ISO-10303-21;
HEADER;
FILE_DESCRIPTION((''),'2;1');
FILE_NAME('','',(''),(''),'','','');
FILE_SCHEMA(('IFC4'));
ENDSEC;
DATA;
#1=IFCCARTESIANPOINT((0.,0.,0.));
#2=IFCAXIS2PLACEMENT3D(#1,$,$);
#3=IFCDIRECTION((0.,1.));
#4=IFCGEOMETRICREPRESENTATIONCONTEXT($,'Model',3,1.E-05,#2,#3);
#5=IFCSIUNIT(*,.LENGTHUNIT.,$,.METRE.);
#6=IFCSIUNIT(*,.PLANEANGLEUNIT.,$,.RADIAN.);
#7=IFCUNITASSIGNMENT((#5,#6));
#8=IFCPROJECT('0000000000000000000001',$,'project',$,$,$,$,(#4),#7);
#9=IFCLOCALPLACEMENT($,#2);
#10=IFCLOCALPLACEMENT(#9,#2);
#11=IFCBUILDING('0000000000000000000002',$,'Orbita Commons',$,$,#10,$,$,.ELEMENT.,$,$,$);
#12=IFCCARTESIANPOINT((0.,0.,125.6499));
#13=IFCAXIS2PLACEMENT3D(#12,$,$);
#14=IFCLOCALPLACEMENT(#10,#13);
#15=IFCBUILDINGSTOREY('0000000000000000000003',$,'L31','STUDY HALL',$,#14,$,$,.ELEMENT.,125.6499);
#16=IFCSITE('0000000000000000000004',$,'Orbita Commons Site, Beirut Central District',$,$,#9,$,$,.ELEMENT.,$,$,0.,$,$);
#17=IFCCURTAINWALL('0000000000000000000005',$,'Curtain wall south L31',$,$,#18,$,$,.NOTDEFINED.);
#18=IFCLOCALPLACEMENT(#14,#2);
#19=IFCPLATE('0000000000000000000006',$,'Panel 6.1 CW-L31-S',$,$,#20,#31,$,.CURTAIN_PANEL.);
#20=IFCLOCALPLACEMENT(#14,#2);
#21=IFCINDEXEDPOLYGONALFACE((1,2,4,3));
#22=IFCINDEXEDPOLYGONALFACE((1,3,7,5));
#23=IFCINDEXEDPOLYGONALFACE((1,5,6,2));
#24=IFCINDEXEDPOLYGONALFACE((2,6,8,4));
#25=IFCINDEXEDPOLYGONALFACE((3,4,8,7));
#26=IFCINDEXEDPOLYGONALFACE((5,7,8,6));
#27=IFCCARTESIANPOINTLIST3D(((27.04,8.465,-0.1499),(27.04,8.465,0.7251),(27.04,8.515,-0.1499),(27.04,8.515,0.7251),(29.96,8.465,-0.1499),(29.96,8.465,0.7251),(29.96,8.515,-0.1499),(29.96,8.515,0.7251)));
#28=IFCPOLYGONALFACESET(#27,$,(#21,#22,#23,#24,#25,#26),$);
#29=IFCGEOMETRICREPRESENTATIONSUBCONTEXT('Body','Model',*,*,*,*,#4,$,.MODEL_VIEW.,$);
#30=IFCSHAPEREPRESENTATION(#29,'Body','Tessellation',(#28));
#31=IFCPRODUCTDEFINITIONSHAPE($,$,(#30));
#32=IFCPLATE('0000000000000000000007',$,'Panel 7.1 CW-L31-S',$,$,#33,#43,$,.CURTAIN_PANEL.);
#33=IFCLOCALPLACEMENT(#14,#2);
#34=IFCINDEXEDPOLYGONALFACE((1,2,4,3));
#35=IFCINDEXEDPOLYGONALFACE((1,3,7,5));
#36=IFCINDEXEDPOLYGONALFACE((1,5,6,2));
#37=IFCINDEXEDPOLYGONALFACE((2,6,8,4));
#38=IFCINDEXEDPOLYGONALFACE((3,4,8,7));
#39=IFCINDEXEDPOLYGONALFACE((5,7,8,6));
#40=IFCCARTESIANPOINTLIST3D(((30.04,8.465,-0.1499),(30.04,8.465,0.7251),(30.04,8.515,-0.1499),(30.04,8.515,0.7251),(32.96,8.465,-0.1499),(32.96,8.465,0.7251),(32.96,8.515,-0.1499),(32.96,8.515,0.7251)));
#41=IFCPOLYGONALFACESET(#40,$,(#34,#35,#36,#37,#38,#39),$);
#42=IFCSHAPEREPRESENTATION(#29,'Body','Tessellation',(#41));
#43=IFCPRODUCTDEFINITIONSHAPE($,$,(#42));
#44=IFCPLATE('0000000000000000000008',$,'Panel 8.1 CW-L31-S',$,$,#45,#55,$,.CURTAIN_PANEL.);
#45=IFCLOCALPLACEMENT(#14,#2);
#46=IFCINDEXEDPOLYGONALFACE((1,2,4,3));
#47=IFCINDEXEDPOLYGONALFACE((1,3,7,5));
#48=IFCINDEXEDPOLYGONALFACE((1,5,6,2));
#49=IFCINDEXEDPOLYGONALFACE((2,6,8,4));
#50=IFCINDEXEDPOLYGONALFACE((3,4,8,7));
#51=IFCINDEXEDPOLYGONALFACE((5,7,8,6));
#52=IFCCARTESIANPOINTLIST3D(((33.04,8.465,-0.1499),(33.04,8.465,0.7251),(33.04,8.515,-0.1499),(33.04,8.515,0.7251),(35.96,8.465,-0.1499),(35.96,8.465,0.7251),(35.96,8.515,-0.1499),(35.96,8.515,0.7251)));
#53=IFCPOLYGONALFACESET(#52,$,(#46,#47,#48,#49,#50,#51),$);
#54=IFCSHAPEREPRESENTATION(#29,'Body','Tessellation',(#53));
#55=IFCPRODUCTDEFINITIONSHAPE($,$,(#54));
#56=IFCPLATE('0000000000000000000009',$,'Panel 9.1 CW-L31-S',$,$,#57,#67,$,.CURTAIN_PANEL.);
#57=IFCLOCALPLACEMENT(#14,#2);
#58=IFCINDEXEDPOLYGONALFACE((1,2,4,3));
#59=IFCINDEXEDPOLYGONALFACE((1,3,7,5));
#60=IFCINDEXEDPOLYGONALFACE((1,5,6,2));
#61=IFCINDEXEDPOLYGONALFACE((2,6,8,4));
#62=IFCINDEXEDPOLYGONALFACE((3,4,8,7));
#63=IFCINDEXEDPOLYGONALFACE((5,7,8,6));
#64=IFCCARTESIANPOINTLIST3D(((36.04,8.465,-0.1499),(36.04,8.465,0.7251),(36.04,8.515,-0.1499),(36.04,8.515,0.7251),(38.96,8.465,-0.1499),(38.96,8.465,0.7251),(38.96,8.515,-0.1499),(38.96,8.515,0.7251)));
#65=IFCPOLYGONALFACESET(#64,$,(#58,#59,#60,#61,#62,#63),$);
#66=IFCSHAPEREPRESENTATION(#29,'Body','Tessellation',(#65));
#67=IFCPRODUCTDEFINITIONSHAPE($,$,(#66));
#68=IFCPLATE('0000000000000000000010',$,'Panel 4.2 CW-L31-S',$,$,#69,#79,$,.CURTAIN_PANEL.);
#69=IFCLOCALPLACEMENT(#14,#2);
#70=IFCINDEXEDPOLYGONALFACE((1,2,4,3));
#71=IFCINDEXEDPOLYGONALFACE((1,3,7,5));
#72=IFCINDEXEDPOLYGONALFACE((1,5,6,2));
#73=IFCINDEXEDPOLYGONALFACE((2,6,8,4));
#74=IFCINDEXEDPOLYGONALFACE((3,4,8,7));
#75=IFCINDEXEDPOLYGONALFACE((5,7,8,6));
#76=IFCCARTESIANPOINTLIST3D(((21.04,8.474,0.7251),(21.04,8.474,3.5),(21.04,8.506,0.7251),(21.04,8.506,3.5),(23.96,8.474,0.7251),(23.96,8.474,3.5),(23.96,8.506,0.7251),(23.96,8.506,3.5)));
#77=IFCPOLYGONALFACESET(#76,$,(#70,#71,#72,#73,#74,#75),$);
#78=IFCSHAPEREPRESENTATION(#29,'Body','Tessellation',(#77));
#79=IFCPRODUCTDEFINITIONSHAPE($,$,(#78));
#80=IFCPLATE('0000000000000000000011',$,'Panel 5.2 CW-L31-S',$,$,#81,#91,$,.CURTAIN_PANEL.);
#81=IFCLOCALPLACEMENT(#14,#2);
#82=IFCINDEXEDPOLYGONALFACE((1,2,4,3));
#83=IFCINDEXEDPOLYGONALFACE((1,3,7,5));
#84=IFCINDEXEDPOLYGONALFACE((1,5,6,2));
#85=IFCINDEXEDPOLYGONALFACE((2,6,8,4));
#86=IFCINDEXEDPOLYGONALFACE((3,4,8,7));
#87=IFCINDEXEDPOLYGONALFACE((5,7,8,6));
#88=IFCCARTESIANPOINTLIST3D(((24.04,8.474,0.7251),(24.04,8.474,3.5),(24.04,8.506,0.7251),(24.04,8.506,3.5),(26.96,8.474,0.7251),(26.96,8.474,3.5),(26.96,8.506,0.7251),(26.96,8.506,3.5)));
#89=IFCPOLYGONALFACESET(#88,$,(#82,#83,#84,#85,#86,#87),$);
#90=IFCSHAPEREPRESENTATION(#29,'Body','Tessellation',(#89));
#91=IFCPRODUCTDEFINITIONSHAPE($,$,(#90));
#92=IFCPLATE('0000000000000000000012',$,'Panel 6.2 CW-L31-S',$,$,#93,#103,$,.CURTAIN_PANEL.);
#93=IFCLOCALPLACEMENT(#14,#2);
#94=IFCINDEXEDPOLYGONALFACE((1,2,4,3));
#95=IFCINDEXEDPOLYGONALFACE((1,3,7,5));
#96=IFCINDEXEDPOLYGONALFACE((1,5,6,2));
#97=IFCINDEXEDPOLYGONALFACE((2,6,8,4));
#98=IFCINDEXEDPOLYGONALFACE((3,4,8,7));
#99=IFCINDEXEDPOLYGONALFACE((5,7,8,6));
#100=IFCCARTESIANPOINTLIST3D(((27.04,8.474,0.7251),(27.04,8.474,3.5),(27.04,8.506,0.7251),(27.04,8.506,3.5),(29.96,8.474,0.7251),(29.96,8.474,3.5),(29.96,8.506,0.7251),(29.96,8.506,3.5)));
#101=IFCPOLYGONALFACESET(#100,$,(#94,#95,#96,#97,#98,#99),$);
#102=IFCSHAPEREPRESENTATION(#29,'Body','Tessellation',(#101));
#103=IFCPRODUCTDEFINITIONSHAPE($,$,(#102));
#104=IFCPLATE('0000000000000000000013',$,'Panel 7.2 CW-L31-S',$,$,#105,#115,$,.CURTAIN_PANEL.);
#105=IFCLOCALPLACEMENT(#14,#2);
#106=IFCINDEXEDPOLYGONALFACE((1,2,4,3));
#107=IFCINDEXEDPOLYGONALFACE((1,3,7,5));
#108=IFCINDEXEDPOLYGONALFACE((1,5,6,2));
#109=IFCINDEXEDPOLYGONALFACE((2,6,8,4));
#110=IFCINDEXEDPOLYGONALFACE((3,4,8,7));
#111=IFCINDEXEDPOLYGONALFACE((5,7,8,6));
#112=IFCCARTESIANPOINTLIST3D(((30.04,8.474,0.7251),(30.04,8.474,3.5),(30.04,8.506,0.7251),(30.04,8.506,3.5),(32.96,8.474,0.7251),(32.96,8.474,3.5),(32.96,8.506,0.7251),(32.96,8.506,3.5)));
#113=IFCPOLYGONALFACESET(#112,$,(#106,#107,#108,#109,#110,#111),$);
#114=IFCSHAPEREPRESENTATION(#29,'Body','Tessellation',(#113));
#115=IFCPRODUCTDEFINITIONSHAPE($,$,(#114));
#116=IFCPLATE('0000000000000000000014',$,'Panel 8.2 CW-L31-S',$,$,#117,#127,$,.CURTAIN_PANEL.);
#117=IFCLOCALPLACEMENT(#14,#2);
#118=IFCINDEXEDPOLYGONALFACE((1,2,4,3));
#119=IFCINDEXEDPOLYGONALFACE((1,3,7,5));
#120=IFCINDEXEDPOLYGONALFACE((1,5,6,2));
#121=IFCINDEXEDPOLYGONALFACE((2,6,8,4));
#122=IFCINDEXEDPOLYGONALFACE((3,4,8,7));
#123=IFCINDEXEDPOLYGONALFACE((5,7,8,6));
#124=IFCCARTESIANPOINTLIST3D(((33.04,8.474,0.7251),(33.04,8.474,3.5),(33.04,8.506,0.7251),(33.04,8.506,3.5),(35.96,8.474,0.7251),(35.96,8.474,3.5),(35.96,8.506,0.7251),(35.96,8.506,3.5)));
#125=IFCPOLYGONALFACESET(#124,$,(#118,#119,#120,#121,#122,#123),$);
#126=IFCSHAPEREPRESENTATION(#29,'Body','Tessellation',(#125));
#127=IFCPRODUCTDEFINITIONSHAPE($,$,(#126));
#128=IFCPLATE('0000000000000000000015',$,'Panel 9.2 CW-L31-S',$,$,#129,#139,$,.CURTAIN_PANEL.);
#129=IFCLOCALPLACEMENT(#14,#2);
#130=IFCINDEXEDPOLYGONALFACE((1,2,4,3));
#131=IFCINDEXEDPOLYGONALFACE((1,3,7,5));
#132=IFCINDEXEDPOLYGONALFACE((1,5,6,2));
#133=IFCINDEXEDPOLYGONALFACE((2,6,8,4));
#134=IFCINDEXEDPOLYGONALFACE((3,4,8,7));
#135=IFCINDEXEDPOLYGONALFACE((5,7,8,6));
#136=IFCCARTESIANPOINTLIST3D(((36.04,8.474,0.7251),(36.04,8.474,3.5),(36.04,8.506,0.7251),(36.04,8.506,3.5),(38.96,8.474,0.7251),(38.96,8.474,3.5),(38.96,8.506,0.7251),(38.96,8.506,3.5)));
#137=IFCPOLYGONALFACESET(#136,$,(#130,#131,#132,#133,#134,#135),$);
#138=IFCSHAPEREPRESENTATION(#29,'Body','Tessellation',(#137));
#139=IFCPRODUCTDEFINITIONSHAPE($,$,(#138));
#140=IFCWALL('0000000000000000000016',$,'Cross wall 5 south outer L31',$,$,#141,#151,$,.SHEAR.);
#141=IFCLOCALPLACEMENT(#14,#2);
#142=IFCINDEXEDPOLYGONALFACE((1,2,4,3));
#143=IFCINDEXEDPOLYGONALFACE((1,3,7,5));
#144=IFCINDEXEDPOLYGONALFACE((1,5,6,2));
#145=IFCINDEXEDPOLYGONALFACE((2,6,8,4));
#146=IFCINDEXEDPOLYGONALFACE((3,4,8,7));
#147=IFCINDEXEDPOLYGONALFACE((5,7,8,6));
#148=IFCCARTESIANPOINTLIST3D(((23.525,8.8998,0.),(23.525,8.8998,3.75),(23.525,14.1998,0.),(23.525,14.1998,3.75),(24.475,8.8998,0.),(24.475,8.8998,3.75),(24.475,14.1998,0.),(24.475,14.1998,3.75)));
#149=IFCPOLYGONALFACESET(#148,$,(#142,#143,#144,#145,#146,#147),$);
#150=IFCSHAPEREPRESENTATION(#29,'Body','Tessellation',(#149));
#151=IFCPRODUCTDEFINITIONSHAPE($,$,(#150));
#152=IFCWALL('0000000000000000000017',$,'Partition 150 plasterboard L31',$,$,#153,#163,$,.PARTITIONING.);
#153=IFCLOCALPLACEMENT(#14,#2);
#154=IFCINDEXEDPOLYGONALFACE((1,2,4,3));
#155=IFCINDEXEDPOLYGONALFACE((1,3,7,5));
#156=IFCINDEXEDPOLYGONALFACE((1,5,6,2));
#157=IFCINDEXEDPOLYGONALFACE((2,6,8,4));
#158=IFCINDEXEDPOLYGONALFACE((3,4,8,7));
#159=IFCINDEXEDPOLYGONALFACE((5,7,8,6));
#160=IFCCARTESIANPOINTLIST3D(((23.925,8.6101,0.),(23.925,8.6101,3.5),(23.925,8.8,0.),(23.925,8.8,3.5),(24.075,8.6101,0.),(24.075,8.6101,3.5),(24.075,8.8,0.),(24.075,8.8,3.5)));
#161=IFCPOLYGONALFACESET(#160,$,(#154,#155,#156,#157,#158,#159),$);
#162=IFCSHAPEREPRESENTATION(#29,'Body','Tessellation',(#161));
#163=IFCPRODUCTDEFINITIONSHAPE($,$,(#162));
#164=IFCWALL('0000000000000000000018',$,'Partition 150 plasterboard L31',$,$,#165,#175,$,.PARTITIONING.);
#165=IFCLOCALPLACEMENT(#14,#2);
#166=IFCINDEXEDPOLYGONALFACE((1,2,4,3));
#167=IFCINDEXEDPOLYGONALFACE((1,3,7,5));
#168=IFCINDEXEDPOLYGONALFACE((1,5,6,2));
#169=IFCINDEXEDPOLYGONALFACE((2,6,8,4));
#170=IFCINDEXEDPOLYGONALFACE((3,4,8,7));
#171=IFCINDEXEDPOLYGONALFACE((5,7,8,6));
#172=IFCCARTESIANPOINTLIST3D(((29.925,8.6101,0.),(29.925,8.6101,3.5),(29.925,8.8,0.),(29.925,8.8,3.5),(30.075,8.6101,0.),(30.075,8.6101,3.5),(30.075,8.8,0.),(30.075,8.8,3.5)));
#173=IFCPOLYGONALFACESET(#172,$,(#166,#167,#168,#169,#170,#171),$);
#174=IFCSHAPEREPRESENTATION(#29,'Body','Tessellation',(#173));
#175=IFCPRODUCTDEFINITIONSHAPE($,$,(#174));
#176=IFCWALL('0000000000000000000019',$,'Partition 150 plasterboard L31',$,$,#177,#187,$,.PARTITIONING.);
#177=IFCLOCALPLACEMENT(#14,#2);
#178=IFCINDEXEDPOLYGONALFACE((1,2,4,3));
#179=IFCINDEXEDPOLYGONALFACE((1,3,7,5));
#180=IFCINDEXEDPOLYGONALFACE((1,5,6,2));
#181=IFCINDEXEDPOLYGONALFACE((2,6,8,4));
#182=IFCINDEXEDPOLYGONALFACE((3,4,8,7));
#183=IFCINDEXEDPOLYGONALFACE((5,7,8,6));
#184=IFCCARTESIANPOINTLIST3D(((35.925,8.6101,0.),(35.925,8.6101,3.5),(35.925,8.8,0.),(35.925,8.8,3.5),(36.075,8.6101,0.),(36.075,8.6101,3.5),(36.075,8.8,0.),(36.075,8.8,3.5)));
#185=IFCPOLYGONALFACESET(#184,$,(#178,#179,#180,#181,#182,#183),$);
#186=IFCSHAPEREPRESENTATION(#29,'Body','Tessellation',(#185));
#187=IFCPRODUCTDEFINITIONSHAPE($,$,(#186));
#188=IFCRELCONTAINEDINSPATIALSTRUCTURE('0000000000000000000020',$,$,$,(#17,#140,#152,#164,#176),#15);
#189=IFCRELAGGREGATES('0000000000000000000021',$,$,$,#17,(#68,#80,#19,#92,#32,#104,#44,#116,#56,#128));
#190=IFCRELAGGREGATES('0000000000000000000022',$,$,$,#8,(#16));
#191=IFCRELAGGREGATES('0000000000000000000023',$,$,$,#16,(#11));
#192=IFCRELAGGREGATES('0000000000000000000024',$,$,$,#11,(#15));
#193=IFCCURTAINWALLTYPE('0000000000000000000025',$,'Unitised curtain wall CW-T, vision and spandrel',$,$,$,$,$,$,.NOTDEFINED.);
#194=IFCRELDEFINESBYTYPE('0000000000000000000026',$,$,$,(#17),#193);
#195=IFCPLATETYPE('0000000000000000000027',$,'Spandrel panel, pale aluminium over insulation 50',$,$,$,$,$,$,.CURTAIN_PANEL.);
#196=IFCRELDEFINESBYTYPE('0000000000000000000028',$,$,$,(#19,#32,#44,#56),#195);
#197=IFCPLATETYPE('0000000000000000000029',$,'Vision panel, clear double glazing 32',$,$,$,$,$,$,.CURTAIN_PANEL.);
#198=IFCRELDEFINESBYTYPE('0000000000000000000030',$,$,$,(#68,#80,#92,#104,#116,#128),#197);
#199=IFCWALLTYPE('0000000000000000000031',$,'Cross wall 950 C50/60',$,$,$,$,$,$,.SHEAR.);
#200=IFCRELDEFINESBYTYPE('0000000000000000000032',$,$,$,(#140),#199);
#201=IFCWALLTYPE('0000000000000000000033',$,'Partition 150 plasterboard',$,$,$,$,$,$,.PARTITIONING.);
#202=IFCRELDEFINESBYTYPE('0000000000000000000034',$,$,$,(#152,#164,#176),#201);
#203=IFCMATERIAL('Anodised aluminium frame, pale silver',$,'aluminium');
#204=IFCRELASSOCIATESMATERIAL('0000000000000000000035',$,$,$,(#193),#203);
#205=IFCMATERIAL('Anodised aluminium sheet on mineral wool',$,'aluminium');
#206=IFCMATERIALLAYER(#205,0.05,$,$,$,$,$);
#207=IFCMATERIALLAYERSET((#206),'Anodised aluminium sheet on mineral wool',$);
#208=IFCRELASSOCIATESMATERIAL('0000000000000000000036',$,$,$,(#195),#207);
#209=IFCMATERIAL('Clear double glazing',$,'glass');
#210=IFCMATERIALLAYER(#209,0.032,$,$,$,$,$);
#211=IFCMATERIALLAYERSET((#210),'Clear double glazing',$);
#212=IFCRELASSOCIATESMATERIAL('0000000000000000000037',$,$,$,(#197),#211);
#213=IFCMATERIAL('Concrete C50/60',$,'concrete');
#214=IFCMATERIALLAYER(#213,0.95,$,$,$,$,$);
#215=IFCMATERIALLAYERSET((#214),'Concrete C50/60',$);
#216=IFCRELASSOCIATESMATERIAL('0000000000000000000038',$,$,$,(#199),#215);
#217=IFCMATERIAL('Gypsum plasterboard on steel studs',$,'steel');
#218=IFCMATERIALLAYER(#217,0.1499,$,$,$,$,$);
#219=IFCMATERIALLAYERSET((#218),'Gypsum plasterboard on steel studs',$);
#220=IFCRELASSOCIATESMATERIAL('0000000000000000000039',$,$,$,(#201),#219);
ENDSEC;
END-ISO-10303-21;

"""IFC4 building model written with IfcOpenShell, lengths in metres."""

from ifc_helpers import new_model, si_unit, direction, frame, frame_2d, origin, origin_2d, place, context, subcontext, project, spatial, rectangle, extrude, material, layer, layer_set, type_object, element, aggregate, save


model = new_model("IFC4")

# Units and contexts
model_context = context("Model", 3, precision=1e-05, world=origin(), true_north=direction((0.0, 1.0)))
body_context = subcontext(model_context, "Body", "Model", "MODEL_VIEW")
ifc_project = project(units=[si_unit("LENGTHUNIT", "METRE"), si_unit("PLANEANGLEUNIT", "RADIAN")], contexts=[model_context])

# Site, building, storey
site_placement = place(None, origin())
site = spatial("IfcSite", under=ifc_project, at=site_placement, Name="Orbita Commons Site, Beirut Central District", CompositionType="ELEMENT", RefElevation=0.0)
building_placement = place(site_placement, origin())
building = spatial("IfcBuilding", under=site, at=building_placement, Name="Orbita Commons", CompositionType="ELEMENT")
storey_placement = place(building_placement, frame((0.0, 0.0, 125.6499)))
storey = spatial("IfcBuildingStorey", under=building, at=storey_placement, Name="L31", Description="STUDY HALL", CompositionType="ELEMENT", Elevation=125.6499)

# Curtain wall, plates
ifc_material_1 = material(Name="Anodised aluminium frame, pale silver", Category="aluminium")
curtain_wall_type = type_object("IfcCurtainWallType", Name="Unitised curtain wall CW-T, vision and spandrel", PredefinedType="NOTDEFINED", material=ifc_material_1)
curtain_wall_placement = place(storey_placement, origin())
curtain_wall = element("IfcCurtainWall", 1, at=curtain_wall_placement, inside=storey, type_object=curtain_wall_type, Name="Curtain wall south L31", PredefinedType="NOTDEFINED")
ifc_material_2 = material(Name="Anodised aluminium sheet on mineral wool", Category="aluminium")
ifc_layer_1 = layer(ifc_material_2, 0.05)
ifc_layer_set_1 = layer_set([ifc_layer_1], Name="Anodised aluminium sheet on mineral wool")
plate_type_1 = type_object("IfcPlateType", Name="Spandrel panel, pale aluminium over insulation 50", PredefinedType="CURTAIN_PANEL", material=ifc_layer_set_1)
plate_1_placement = place(storey_placement, frame((28.5, 8.49, -0.1499), z_axis=(0.0, 0.0, 1.0), x_axis=(1.0, 0.0, 0.0)))
plate_1 = element("IfcPlate", 2, at=plate_1_placement, type_object=plate_type_1, Name="Panel 6.1 CW-L31-S", PredefinedType="CURTAIN_PANEL", context=body_context, shape_type="SweptSolid", body=[
    extrude(rectangle(XDim=2.9199, YDim=0.05, at=origin_2d()), origin(), (0.0, 0.0, 1.0), 0.875),
])
plate_2_placement = place(storey_placement, frame((31.5, 8.49, -0.1499), z_axis=(0.0, 0.0, 1.0), x_axis=(1.0, 0.0, 0.0)))
plate_2 = element("IfcPlate", 3, at=plate_2_placement, type_object=plate_type_1, Name="Panel 7.1 CW-L31-S", PredefinedType="CURTAIN_PANEL", context=body_context, shape_type="SweptSolid", body=[
    extrude(rectangle(XDim=2.9199, YDim=0.05, at=origin_2d()), origin(), (0.0, 0.0, 1.0), 0.875),
])
plate_3_placement = place(storey_placement, frame((34.5, 8.49, -0.1499), z_axis=(0.0, 0.0, 1.0), x_axis=(1.0, 0.0, 0.0)))
plate_3 = element("IfcPlate", 4, at=plate_3_placement, type_object=plate_type_1, Name="Panel 8.1 CW-L31-S", PredefinedType="CURTAIN_PANEL", context=body_context, shape_type="SweptSolid", body=[
    extrude(rectangle(XDim=2.9199, YDim=0.05, at=origin_2d()), origin(), (0.0, 0.0, 1.0), 0.875),
])
plate_4_placement = place(storey_placement, frame((37.5, 8.49, -0.1499), z_axis=(0.0, 0.0, 1.0), x_axis=(1.0, 0.0, 0.0)))
plate_4 = element("IfcPlate", 5, at=plate_4_placement, type_object=plate_type_1, Name="Panel 9.1 CW-L31-S", PredefinedType="CURTAIN_PANEL", context=body_context, shape_type="SweptSolid", body=[
    extrude(rectangle(XDim=2.9199, YDim=0.05, at=origin_2d()), origin(), (0.0, 0.0, 1.0), 0.875),
])
ifc_material_3 = material(Name="Clear double glazing", Category="glass")
ifc_layer_2 = layer(ifc_material_3, 0.032)
ifc_layer_set_2 = layer_set([ifc_layer_2], Name="Clear double glazing")
plate_type_2 = type_object("IfcPlateType", Name="Vision panel, clear double glazing 32", PredefinedType="CURTAIN_PANEL", material=ifc_layer_set_2)
plate_5_placement = place(storey_placement, frame((22.5, 8.49, 0.7251), z_axis=(0.0, 0.0, 1.0), x_axis=(1.0, 0.0, 0.0)))
plate_5 = element("IfcPlate", 6, at=plate_5_placement, type_object=plate_type_2, Name="Panel 4.2 CW-L31-S", PredefinedType="CURTAIN_PANEL", context=body_context, shape_type="SweptSolid", body=[
    extrude(rectangle(XDim=2.9199, YDim=0.032, at=origin_2d()), origin(), (0.0, 0.0, 1.0), 2.7749),
])
plate_6_placement = place(storey_placement, frame((25.5, 8.49, 0.7251), z_axis=(0.0, 0.0, 1.0), x_axis=(1.0, 0.0, 0.0)))
plate_6 = element("IfcPlate", 7, at=plate_6_placement, type_object=plate_type_2, Name="Panel 5.2 CW-L31-S", PredefinedType="CURTAIN_PANEL", context=body_context, shape_type="SweptSolid", body=[
    extrude(rectangle(XDim=2.9199, YDim=0.032, at=origin_2d()), origin(), (0.0, 0.0, 1.0), 2.7749),
])
plate_7_placement = place(storey_placement, frame((28.5, 8.49, 0.7251), z_axis=(0.0, 0.0, 1.0), x_axis=(1.0, 0.0, 0.0)))
plate_7 = element("IfcPlate", 8, at=plate_7_placement, type_object=plate_type_2, Name="Panel 6.2 CW-L31-S", PredefinedType="CURTAIN_PANEL", context=body_context, shape_type="SweptSolid", body=[
    extrude(rectangle(XDim=2.9199, YDim=0.032, at=origin_2d()), origin(), (0.0, 0.0, 1.0), 2.7749),
])
plate_8_placement = place(storey_placement, frame((31.5, 8.49, 0.7251), z_axis=(0.0, 0.0, 1.0), x_axis=(1.0, 0.0, 0.0)))
plate_8 = element("IfcPlate", 9, at=plate_8_placement, type_object=plate_type_2, Name="Panel 7.2 CW-L31-S", PredefinedType="CURTAIN_PANEL", context=body_context, shape_type="SweptSolid", body=[
    extrude(rectangle(XDim=2.9199, YDim=0.032, at=origin_2d()), origin(), (0.0, 0.0, 1.0), 2.7749),
])
plate_9_placement = place(storey_placement, frame((34.5, 8.49, 0.7251), z_axis=(0.0, 0.0, 1.0), x_axis=(1.0, 0.0, 0.0)))
plate_9 = element("IfcPlate", 10, at=plate_9_placement, type_object=plate_type_2, Name="Panel 8.2 CW-L31-S", PredefinedType="CURTAIN_PANEL", context=body_context, shape_type="SweptSolid", body=[
    extrude(rectangle(XDim=2.9199, YDim=0.032, at=origin_2d()), origin(), (0.0, 0.0, 1.0), 2.7749),
])
plate_10_placement = place(storey_placement, frame((37.5, 8.49, 0.7251), z_axis=(0.0, 0.0, 1.0), x_axis=(1.0, 0.0, 0.0)))
plate_10 = element("IfcPlate", 11, at=plate_10_placement, type_object=plate_type_2, Name="Panel 9.2 CW-L31-S", PredefinedType="CURTAIN_PANEL", context=body_context, shape_type="SweptSolid", body=[
    extrude(rectangle(XDim=2.9199, YDim=0.032, at=origin_2d()), origin(), (0.0, 0.0, 1.0), 2.7749),
])
aggregate(curtain_wall, [plate_5, plate_6, plate_1, plate_7, plate_2, plate_8, plate_3, plate_9, plate_4, plate_10])

# Walls
ifc_material_4 = material(Name="Concrete C50/60", Category="concrete")
ifc_layer_3 = layer(ifc_material_4, 0.95)
ifc_layer_set_3 = layer_set([ifc_layer_3], Name="Concrete C50/60")
wall_type_1 = type_object("IfcWallType", Name="Cross wall 950 C50/60", PredefinedType="SHEAR", material=ifc_layer_set_3)
wall_placement = place(storey_placement, frame((24.0, 8.8999, 0.0), z_axis=(0.0, 0.0, 1.0), x_axis=(0.0, 1.0, 0.0)))
element("IfcWall", 12, at=wall_placement, inside=storey, type_object=wall_type_1, Name="Cross wall 5 south outer L31", PredefinedType="SHEAR", context=body_context, shape_type="SweptSolid", body=[
    extrude(rectangle(XDim=5.3, YDim=0.95, at=frame_2d((2.6499, 0.0))), origin(), (0.0, 0.0, 1.0), 3.75),
])
ifc_material_5 = material(Name="Gypsum plasterboard on steel studs", Category="steel")
ifc_layer_4 = layer(ifc_material_5, 0.1499)
ifc_layer_set_4 = layer_set([ifc_layer_4], Name="Gypsum plasterboard on steel studs")
wall_type_2 = type_object("IfcWallType", Name="Partition 150 plasterboard", PredefinedType="PARTITIONING", material=ifc_layer_set_4)
for number, where, z_axis, x_axis, name in (
    (13, (24.0, 8.8, 0.0), (0.0, 0.0, 1.0), (0.0, -1.0, 0.0), "Partition 150 plasterboard L31"),
    (14, (30.0, 8.8, 0.0), (0.0, 0.0, 1.0), (0.0, -1.0, 0.0), "Partition 150 plasterboard L31"),
    (15, (36.0, 8.8, 0.0), (0.0, 0.0, 1.0), (0.0, -1.0, 0.0), "Partition 150 plasterboard L31"),
):
    element("IfcWall", number, at=place(storey_placement, frame(where, z_axis=z_axis, x_axis=x_axis)), inside=storey, type_object=wall_type_2, Name=name, PredefinedType="PARTITIONING", context=body_context, shape_type="SweptSolid", body=[
        extrude(rectangle(XDim=0.1899, YDim=0.1499, at=frame_2d((0.095, 0.0))), origin(), (0.0, 0.0, 1.0), 3.5),
    ])

save(model, "model.ifc")
